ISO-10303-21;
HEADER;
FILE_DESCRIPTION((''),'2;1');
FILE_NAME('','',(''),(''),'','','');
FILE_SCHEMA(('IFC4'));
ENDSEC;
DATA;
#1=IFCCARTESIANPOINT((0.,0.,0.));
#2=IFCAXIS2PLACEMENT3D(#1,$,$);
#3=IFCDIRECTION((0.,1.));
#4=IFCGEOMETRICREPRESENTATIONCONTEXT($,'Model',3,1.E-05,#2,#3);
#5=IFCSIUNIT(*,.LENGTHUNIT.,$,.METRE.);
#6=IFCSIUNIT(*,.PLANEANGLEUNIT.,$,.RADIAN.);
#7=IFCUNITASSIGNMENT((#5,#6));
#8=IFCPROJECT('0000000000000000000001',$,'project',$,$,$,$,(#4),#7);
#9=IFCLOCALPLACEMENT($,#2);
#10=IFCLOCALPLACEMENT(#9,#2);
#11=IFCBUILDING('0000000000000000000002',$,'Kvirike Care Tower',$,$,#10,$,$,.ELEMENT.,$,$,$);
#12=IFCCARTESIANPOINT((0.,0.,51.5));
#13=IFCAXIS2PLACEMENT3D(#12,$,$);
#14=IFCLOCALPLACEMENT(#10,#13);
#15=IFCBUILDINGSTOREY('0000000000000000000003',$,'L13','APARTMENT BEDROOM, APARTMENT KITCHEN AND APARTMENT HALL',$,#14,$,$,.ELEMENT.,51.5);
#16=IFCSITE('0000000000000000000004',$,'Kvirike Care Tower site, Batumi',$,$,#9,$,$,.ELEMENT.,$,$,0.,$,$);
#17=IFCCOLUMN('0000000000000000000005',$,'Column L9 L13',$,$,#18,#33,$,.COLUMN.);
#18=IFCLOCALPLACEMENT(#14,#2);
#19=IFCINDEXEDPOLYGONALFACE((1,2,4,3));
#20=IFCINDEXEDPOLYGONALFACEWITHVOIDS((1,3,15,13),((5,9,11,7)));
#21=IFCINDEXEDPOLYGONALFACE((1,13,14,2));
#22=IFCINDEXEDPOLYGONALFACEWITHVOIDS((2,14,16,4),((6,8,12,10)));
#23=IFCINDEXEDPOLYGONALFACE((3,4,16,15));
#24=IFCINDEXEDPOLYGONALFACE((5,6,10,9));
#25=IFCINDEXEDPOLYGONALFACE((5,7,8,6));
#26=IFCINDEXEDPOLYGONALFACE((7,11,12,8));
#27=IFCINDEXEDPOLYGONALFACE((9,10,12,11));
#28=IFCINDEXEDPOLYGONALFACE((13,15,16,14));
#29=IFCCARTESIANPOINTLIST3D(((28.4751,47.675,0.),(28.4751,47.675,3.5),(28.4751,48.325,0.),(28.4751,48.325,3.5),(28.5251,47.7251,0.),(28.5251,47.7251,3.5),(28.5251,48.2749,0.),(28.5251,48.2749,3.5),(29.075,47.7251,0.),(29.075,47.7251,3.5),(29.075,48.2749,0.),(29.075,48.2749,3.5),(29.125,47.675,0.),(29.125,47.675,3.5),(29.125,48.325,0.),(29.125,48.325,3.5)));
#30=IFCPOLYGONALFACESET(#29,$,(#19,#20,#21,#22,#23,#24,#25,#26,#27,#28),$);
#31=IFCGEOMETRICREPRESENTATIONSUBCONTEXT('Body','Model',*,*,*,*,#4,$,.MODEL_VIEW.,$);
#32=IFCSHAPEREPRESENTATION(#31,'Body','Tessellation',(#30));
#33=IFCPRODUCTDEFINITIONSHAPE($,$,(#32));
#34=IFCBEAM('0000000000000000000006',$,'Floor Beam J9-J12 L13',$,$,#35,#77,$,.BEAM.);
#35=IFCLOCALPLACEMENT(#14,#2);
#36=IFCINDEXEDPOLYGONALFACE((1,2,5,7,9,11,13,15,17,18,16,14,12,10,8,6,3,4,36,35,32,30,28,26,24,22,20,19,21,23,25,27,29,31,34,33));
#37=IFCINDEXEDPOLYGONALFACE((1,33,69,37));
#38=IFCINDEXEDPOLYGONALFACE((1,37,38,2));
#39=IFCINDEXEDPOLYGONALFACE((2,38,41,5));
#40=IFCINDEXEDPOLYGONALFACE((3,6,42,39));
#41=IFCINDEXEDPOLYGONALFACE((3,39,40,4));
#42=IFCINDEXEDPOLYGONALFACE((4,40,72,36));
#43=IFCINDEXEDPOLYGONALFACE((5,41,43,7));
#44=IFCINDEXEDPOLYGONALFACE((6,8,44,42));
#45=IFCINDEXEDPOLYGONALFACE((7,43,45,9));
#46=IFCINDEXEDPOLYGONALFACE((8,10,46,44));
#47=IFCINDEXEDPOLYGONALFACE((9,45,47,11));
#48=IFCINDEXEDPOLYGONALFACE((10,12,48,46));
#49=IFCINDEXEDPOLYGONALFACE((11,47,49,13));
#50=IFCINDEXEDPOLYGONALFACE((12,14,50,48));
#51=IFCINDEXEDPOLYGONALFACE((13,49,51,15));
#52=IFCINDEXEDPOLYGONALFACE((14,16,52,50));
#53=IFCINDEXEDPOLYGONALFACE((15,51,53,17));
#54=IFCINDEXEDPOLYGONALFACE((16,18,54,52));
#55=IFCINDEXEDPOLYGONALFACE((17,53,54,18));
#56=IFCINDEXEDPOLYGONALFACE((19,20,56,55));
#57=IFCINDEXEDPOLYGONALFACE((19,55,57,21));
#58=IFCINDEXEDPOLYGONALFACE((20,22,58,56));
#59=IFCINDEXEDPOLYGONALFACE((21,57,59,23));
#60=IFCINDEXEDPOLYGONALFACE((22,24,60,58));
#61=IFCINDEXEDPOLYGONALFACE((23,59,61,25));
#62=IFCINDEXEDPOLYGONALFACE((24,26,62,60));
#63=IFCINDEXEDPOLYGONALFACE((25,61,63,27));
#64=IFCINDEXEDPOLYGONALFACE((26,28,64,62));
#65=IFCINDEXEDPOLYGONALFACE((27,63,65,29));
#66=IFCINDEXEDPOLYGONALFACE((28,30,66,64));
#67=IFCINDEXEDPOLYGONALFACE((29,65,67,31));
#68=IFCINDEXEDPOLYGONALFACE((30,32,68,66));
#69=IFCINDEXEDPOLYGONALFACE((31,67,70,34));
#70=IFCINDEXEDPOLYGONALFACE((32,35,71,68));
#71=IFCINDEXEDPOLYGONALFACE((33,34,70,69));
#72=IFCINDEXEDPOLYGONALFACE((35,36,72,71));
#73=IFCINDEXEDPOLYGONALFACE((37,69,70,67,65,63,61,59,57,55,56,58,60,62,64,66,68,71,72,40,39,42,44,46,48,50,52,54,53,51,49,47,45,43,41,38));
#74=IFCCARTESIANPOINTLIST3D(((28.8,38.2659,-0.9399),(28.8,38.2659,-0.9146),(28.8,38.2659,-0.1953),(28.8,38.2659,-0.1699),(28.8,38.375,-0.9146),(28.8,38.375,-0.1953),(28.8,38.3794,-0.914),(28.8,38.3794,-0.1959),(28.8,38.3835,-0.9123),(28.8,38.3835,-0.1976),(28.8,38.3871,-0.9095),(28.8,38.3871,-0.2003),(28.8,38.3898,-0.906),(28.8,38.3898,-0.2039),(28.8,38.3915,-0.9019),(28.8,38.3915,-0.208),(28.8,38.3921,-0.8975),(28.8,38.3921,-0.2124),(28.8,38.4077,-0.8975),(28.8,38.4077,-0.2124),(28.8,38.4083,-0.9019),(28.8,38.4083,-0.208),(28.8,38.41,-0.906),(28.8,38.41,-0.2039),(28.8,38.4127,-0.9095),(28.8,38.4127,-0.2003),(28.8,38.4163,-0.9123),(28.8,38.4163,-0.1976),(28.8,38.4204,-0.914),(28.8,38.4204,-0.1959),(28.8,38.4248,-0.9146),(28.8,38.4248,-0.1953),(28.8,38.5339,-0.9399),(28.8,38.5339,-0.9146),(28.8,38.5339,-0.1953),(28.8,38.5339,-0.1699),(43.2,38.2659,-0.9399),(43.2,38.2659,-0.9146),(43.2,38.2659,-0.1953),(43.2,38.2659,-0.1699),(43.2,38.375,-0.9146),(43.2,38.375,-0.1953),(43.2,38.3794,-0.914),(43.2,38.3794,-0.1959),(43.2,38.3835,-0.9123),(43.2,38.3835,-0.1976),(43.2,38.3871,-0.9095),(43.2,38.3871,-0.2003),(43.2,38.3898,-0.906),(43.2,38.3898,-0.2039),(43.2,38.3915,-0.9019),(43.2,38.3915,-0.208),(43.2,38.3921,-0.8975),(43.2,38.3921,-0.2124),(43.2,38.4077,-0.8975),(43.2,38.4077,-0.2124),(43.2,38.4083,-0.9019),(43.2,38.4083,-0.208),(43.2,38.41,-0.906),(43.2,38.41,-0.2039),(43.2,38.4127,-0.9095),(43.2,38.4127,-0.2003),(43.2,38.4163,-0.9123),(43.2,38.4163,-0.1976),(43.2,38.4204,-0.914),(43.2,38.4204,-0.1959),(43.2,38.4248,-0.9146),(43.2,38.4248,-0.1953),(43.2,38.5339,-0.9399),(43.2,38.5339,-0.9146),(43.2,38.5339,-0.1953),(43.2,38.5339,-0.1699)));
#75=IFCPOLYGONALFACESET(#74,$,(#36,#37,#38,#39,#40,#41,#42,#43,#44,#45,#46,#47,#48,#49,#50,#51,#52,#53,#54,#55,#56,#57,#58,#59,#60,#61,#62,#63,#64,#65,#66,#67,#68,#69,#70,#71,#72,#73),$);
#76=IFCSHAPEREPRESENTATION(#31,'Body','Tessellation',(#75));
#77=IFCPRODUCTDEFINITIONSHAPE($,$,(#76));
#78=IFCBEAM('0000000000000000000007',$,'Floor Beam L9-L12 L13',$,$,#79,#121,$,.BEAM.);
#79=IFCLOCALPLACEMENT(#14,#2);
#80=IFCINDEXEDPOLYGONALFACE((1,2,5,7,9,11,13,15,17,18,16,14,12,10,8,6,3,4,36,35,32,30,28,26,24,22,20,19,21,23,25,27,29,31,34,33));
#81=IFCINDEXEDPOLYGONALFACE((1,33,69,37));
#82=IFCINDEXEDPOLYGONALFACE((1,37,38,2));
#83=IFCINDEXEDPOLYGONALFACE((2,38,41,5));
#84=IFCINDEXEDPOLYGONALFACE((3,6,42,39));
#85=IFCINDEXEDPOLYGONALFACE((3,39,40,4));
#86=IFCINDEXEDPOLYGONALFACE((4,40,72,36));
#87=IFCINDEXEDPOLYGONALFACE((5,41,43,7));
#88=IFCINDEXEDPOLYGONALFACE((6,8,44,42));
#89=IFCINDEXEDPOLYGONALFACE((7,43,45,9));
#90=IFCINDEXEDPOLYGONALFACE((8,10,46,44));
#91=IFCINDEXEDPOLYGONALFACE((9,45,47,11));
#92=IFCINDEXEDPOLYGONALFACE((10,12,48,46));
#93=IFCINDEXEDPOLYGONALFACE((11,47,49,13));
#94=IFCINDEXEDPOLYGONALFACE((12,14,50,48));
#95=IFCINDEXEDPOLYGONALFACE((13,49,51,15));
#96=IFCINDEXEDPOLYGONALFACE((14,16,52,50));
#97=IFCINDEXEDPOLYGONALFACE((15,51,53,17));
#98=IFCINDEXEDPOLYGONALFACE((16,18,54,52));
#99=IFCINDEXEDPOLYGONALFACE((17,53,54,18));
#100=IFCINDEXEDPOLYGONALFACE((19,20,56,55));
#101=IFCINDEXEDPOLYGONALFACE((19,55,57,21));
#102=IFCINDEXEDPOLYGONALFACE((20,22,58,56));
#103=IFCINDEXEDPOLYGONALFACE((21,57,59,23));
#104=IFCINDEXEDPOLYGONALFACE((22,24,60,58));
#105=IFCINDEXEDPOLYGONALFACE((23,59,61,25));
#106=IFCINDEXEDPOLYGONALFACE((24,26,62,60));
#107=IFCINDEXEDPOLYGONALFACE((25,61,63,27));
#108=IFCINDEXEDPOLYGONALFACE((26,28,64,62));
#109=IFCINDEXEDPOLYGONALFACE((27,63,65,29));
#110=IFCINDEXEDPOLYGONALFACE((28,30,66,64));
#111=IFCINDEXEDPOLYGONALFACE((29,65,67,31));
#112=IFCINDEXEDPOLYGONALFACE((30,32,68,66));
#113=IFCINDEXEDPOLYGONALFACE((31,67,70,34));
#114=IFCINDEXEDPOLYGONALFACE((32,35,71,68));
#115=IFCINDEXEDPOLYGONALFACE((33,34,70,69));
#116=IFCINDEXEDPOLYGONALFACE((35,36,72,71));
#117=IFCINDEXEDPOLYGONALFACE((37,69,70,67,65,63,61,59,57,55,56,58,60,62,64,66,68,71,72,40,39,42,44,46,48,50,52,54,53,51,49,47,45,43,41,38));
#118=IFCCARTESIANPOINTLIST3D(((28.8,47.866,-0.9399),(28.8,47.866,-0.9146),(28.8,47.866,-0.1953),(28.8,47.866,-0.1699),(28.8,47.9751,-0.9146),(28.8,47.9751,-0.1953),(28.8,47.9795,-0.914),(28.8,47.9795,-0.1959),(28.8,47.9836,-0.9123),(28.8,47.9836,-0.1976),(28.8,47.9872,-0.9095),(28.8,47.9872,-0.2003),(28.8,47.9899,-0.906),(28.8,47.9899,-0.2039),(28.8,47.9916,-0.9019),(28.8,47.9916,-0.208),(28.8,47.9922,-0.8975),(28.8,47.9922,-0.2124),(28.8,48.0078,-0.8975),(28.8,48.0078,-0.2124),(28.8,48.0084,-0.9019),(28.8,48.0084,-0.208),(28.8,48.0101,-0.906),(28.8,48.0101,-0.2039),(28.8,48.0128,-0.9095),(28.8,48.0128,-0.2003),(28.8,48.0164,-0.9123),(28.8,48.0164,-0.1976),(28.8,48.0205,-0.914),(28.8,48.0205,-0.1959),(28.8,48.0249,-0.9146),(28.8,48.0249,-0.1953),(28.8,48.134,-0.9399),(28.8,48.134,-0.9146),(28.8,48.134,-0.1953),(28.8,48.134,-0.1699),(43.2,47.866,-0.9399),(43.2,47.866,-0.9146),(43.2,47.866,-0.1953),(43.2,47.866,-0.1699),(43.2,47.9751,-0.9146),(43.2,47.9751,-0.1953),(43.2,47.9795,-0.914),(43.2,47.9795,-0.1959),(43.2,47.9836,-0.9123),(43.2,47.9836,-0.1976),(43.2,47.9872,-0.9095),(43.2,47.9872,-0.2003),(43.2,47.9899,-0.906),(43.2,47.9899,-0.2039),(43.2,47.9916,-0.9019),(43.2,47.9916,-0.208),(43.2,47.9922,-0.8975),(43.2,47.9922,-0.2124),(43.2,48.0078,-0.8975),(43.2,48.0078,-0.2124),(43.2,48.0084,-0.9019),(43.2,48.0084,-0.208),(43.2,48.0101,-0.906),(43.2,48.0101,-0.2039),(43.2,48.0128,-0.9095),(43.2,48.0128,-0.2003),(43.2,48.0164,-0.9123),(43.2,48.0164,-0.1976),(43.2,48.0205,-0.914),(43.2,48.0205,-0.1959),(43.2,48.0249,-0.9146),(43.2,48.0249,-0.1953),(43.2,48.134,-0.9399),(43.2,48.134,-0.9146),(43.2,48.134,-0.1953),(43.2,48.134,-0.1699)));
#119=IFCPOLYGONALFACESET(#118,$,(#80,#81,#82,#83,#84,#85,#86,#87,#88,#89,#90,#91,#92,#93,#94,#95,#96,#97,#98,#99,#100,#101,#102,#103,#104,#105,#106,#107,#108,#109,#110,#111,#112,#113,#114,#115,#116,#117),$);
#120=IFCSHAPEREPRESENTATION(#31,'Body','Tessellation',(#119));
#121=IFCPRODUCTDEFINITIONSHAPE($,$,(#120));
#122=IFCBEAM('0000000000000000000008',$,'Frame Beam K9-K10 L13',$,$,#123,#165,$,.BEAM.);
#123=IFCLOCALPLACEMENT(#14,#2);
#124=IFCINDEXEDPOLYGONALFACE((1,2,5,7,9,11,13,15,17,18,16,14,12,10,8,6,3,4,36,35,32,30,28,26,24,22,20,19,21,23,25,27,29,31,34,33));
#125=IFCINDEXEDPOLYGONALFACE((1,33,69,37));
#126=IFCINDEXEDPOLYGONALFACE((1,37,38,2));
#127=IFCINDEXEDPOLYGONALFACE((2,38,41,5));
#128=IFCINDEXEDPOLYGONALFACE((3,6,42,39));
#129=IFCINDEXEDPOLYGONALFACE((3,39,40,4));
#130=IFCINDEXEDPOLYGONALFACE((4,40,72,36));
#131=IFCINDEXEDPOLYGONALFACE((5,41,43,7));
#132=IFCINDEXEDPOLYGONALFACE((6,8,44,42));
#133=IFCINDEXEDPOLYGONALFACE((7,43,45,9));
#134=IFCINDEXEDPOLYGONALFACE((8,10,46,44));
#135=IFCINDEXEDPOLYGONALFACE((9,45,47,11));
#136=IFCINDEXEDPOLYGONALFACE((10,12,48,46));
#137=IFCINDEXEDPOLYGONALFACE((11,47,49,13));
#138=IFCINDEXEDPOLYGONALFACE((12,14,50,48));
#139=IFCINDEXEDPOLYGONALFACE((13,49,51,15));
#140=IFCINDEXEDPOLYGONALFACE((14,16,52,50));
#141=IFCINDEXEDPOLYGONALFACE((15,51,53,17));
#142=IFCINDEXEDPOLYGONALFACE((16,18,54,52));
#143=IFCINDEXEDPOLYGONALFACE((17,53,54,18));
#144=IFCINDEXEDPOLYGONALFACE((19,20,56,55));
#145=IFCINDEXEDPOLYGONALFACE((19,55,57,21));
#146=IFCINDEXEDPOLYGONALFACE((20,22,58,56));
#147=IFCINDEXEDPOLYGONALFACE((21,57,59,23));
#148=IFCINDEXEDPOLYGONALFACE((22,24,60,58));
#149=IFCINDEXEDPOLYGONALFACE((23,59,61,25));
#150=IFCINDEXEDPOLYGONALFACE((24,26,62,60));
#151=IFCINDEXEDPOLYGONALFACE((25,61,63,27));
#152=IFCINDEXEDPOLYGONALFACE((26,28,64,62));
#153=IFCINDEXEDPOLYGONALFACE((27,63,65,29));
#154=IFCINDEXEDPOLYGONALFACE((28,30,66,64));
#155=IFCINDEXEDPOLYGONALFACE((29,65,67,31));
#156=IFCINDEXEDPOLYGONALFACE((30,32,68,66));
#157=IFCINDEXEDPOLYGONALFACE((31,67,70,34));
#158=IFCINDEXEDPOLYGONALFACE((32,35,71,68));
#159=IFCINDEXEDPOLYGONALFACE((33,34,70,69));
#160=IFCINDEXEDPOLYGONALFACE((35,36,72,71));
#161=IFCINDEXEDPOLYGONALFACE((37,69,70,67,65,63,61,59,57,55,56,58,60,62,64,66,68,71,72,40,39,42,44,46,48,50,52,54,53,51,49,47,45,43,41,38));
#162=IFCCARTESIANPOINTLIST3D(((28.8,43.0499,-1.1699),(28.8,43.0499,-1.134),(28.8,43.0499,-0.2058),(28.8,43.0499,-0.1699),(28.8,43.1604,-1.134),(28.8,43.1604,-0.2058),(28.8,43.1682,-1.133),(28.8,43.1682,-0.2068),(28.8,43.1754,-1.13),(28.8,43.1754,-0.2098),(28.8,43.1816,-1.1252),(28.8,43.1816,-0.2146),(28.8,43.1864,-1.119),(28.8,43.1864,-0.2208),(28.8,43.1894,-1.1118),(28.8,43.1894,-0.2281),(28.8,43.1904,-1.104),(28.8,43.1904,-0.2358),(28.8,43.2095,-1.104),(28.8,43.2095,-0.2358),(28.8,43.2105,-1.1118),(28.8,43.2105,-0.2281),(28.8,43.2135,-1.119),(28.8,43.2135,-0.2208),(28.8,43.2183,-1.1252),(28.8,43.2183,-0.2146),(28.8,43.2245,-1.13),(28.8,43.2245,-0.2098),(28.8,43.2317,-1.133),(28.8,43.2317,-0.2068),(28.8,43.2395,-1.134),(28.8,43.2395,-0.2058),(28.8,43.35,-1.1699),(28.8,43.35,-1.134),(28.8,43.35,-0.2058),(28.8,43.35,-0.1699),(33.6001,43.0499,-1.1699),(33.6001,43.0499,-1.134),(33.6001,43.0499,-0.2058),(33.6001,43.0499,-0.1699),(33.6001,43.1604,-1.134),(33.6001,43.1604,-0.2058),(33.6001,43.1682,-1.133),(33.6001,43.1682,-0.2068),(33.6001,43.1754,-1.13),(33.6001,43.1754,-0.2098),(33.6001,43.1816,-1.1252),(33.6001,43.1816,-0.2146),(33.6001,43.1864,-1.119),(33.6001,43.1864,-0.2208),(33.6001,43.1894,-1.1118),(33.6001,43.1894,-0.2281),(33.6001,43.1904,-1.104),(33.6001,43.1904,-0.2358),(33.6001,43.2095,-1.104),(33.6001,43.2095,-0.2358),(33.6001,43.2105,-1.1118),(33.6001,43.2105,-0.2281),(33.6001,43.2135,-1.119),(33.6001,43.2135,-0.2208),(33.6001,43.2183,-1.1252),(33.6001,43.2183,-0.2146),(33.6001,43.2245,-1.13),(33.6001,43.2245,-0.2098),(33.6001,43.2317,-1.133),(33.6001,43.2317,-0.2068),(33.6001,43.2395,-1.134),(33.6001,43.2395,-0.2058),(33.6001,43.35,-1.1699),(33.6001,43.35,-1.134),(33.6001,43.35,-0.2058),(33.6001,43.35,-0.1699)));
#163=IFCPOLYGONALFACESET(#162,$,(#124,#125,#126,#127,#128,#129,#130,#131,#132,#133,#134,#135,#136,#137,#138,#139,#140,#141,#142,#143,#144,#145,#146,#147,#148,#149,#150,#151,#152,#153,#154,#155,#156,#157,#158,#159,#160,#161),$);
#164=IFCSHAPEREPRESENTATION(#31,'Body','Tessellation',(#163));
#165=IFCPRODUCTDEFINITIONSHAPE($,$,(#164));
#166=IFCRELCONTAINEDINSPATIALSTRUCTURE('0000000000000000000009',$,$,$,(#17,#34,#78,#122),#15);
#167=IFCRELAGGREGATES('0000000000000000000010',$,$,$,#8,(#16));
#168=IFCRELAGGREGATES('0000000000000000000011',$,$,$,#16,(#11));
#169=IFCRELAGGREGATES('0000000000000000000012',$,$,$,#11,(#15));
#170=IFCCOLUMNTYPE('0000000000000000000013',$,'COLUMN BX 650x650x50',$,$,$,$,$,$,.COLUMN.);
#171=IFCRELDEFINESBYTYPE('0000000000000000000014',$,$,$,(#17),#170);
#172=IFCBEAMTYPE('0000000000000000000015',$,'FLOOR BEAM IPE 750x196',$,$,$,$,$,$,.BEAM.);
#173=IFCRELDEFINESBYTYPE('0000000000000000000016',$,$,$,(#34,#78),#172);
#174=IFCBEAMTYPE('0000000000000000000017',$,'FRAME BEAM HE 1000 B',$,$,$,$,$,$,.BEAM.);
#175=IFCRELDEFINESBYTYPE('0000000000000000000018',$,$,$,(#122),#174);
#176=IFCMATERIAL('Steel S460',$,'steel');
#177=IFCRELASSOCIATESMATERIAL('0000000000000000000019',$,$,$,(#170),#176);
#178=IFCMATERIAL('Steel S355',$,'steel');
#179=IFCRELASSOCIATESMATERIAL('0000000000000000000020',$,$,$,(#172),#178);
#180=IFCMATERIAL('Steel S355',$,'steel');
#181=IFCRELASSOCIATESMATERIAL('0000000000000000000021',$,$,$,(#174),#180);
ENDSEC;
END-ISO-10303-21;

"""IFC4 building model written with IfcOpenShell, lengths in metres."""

from ifc_helpers import new_model, si_unit, direction, frame, origin, origin_2d, place, context, subcontext, project, spatial, hollow_rectangle, i_section, extrude, material, material_profile, profile_set, type_object, element, save


model = new_model("IFC4")

# Units and contexts
model_context = context("Model", 3, precision=1e-05, world=origin(), true_north=direction((0.0, 1.0)))
body_context = subcontext(model_context, "Body", "Model", "MODEL_VIEW")
ifc_project = project(units=[si_unit("LENGTHUNIT", "METRE"), si_unit("PLANEANGLEUNIT", "RADIAN")], contexts=[model_context])

# Site, building, storey
site_placement = place(None, origin())
site = spatial("IfcSite", under=ifc_project, at=site_placement, Name="Kvirike Care Tower site, Batumi", CompositionType="ELEMENT", RefElevation=0.0)
building_placement = place(site_placement, origin())
building = spatial("IfcBuilding", under=site, at=building_placement, Name="Kvirike Care Tower", CompositionType="ELEMENT")
storey_placement = place(building_placement, frame((0.0, 0.0, 51.5)))
storey = spatial("IfcBuildingStorey", under=building, at=storey_placement, Name="L13", Description="APARTMENT BEDROOM, APARTMENT KITCHEN AND APARTMENT HALL", CompositionType="ELEMENT", Elevation=51.5)

# Column
ifc_material_1 = material(Name="Steel S460", Category="steel")
ifc_material_profile_1 = material_profile(ifc_material_1, hollow_rectangle(XDim=0.6499, YDim=0.6499, WallThickness=0.05, at=origin_2d()), Name="BX 650x650x50")
ifc_profile_set_1 = profile_set([ifc_material_profile_1], Name="Steel S460")
column_type = type_object("IfcColumnType", Name="COLUMN BX 650x650x50", PredefinedType="COLUMN", material=ifc_profile_set_1)
column_placement = place(storey_placement, frame((28.8, 48.0, 0.0), z_axis=(0.0, 0.0, 1.0), x_axis=(1.0, 0.0, 0.0)))
element("IfcColumn", 1, at=column_placement, inside=storey, type_object=column_type, Name="Column L9 L13", PredefinedType="COLUMN", context=body_context, shape_type="SweptSolid", body=[
    extrude(hollow_rectangle(XDim=0.6499, YDim=0.6499, WallThickness=0.05, at=origin_2d()), origin(), (0.0, 0.0, 1.0), 3.5),
])

# Beams
ifc_material_2 = material(Name="Steel S355", Category="steel")
ifc_material_profile_2 = material_profile(ifc_material_2, i_section(OverallWidth=0.2681, OverallDepth=0.77, WebThickness=0.0156, FlangeThickness=0.0254, FilletRadius=0.0171, at=origin_2d()), Name="IPE 750x196")
ifc_profile_set_2 = profile_set([ifc_material_profile_2], Name="Steel S355")
beam_type_1 = type_object("IfcBeamType", Name="FLOOR BEAM IPE 750x196", PredefinedType="BEAM", material=ifc_profile_set_2)
for number, where, z_axis, x_axis, name in (
    (2, (28.8, 38.3999, -0.5549), (1.0, 0.0, 0.0), (0.0, 1.0, 0.0), "Floor Beam J9-J12 L13"),
    (3, (28.8, 48.0, -0.5549), (1.0, 0.0, 0.0), (0.0, 1.0, 0.0), "Floor Beam L9-L12 L13"),
):
    element("IfcBeam", number, at=place(storey_placement, frame(where, z_axis=z_axis, x_axis=x_axis)), inside=storey, type_object=beam_type_1, Name=name, PredefinedType="BEAM", context=body_context, shape_type="SweptSolid", body=[
        extrude(i_section(OverallWidth=0.2681, OverallDepth=0.77, WebThickness=0.0156, FlangeThickness=0.0254, FilletRadius=0.0171, at=origin_2d()), origin(), (0.0, 0.0, 1.0), 14.3999),
    ])
ifc_material_3 = material(Name="Steel S355", Category="steel")
ifc_material_profile_3 = material_profile(ifc_material_3, i_section(OverallWidth=0.3, OverallDepth=1.0, WebThickness=0.019, FlangeThickness=0.0359, FilletRadius=0.03, at=origin_2d()), Name="HE 1000 B")
ifc_profile_set_3 = profile_set([ifc_material_profile_3], Name="Steel S355")
beam_type_2 = type_object("IfcBeamType", Name="FRAME BEAM HE 1000 B", PredefinedType="BEAM", material=ifc_profile_set_3)
for number, where, z_axis, x_axis, name in (
    (4, (28.8, 43.2, -0.6699), (1.0, 0.0, 0.0), (0.0, 1.0, 0.0), "Frame Beam K9-K10 L13"),
):
    element("IfcBeam", number, at=place(storey_placement, frame(where, z_axis=z_axis, x_axis=x_axis)), inside=storey, type_object=beam_type_2, Name=name, PredefinedType="BEAM", context=body_context, shape_type="SweptSolid", body=[
        extrude(i_section(OverallWidth=0.3, OverallDepth=1.0, WebThickness=0.019, FlangeThickness=0.0359, FilletRadius=0.03, at=origin_2d()), origin(), (0.0, 0.0, 1.0), 4.8),
    ])

save(model, "model.ifc")
